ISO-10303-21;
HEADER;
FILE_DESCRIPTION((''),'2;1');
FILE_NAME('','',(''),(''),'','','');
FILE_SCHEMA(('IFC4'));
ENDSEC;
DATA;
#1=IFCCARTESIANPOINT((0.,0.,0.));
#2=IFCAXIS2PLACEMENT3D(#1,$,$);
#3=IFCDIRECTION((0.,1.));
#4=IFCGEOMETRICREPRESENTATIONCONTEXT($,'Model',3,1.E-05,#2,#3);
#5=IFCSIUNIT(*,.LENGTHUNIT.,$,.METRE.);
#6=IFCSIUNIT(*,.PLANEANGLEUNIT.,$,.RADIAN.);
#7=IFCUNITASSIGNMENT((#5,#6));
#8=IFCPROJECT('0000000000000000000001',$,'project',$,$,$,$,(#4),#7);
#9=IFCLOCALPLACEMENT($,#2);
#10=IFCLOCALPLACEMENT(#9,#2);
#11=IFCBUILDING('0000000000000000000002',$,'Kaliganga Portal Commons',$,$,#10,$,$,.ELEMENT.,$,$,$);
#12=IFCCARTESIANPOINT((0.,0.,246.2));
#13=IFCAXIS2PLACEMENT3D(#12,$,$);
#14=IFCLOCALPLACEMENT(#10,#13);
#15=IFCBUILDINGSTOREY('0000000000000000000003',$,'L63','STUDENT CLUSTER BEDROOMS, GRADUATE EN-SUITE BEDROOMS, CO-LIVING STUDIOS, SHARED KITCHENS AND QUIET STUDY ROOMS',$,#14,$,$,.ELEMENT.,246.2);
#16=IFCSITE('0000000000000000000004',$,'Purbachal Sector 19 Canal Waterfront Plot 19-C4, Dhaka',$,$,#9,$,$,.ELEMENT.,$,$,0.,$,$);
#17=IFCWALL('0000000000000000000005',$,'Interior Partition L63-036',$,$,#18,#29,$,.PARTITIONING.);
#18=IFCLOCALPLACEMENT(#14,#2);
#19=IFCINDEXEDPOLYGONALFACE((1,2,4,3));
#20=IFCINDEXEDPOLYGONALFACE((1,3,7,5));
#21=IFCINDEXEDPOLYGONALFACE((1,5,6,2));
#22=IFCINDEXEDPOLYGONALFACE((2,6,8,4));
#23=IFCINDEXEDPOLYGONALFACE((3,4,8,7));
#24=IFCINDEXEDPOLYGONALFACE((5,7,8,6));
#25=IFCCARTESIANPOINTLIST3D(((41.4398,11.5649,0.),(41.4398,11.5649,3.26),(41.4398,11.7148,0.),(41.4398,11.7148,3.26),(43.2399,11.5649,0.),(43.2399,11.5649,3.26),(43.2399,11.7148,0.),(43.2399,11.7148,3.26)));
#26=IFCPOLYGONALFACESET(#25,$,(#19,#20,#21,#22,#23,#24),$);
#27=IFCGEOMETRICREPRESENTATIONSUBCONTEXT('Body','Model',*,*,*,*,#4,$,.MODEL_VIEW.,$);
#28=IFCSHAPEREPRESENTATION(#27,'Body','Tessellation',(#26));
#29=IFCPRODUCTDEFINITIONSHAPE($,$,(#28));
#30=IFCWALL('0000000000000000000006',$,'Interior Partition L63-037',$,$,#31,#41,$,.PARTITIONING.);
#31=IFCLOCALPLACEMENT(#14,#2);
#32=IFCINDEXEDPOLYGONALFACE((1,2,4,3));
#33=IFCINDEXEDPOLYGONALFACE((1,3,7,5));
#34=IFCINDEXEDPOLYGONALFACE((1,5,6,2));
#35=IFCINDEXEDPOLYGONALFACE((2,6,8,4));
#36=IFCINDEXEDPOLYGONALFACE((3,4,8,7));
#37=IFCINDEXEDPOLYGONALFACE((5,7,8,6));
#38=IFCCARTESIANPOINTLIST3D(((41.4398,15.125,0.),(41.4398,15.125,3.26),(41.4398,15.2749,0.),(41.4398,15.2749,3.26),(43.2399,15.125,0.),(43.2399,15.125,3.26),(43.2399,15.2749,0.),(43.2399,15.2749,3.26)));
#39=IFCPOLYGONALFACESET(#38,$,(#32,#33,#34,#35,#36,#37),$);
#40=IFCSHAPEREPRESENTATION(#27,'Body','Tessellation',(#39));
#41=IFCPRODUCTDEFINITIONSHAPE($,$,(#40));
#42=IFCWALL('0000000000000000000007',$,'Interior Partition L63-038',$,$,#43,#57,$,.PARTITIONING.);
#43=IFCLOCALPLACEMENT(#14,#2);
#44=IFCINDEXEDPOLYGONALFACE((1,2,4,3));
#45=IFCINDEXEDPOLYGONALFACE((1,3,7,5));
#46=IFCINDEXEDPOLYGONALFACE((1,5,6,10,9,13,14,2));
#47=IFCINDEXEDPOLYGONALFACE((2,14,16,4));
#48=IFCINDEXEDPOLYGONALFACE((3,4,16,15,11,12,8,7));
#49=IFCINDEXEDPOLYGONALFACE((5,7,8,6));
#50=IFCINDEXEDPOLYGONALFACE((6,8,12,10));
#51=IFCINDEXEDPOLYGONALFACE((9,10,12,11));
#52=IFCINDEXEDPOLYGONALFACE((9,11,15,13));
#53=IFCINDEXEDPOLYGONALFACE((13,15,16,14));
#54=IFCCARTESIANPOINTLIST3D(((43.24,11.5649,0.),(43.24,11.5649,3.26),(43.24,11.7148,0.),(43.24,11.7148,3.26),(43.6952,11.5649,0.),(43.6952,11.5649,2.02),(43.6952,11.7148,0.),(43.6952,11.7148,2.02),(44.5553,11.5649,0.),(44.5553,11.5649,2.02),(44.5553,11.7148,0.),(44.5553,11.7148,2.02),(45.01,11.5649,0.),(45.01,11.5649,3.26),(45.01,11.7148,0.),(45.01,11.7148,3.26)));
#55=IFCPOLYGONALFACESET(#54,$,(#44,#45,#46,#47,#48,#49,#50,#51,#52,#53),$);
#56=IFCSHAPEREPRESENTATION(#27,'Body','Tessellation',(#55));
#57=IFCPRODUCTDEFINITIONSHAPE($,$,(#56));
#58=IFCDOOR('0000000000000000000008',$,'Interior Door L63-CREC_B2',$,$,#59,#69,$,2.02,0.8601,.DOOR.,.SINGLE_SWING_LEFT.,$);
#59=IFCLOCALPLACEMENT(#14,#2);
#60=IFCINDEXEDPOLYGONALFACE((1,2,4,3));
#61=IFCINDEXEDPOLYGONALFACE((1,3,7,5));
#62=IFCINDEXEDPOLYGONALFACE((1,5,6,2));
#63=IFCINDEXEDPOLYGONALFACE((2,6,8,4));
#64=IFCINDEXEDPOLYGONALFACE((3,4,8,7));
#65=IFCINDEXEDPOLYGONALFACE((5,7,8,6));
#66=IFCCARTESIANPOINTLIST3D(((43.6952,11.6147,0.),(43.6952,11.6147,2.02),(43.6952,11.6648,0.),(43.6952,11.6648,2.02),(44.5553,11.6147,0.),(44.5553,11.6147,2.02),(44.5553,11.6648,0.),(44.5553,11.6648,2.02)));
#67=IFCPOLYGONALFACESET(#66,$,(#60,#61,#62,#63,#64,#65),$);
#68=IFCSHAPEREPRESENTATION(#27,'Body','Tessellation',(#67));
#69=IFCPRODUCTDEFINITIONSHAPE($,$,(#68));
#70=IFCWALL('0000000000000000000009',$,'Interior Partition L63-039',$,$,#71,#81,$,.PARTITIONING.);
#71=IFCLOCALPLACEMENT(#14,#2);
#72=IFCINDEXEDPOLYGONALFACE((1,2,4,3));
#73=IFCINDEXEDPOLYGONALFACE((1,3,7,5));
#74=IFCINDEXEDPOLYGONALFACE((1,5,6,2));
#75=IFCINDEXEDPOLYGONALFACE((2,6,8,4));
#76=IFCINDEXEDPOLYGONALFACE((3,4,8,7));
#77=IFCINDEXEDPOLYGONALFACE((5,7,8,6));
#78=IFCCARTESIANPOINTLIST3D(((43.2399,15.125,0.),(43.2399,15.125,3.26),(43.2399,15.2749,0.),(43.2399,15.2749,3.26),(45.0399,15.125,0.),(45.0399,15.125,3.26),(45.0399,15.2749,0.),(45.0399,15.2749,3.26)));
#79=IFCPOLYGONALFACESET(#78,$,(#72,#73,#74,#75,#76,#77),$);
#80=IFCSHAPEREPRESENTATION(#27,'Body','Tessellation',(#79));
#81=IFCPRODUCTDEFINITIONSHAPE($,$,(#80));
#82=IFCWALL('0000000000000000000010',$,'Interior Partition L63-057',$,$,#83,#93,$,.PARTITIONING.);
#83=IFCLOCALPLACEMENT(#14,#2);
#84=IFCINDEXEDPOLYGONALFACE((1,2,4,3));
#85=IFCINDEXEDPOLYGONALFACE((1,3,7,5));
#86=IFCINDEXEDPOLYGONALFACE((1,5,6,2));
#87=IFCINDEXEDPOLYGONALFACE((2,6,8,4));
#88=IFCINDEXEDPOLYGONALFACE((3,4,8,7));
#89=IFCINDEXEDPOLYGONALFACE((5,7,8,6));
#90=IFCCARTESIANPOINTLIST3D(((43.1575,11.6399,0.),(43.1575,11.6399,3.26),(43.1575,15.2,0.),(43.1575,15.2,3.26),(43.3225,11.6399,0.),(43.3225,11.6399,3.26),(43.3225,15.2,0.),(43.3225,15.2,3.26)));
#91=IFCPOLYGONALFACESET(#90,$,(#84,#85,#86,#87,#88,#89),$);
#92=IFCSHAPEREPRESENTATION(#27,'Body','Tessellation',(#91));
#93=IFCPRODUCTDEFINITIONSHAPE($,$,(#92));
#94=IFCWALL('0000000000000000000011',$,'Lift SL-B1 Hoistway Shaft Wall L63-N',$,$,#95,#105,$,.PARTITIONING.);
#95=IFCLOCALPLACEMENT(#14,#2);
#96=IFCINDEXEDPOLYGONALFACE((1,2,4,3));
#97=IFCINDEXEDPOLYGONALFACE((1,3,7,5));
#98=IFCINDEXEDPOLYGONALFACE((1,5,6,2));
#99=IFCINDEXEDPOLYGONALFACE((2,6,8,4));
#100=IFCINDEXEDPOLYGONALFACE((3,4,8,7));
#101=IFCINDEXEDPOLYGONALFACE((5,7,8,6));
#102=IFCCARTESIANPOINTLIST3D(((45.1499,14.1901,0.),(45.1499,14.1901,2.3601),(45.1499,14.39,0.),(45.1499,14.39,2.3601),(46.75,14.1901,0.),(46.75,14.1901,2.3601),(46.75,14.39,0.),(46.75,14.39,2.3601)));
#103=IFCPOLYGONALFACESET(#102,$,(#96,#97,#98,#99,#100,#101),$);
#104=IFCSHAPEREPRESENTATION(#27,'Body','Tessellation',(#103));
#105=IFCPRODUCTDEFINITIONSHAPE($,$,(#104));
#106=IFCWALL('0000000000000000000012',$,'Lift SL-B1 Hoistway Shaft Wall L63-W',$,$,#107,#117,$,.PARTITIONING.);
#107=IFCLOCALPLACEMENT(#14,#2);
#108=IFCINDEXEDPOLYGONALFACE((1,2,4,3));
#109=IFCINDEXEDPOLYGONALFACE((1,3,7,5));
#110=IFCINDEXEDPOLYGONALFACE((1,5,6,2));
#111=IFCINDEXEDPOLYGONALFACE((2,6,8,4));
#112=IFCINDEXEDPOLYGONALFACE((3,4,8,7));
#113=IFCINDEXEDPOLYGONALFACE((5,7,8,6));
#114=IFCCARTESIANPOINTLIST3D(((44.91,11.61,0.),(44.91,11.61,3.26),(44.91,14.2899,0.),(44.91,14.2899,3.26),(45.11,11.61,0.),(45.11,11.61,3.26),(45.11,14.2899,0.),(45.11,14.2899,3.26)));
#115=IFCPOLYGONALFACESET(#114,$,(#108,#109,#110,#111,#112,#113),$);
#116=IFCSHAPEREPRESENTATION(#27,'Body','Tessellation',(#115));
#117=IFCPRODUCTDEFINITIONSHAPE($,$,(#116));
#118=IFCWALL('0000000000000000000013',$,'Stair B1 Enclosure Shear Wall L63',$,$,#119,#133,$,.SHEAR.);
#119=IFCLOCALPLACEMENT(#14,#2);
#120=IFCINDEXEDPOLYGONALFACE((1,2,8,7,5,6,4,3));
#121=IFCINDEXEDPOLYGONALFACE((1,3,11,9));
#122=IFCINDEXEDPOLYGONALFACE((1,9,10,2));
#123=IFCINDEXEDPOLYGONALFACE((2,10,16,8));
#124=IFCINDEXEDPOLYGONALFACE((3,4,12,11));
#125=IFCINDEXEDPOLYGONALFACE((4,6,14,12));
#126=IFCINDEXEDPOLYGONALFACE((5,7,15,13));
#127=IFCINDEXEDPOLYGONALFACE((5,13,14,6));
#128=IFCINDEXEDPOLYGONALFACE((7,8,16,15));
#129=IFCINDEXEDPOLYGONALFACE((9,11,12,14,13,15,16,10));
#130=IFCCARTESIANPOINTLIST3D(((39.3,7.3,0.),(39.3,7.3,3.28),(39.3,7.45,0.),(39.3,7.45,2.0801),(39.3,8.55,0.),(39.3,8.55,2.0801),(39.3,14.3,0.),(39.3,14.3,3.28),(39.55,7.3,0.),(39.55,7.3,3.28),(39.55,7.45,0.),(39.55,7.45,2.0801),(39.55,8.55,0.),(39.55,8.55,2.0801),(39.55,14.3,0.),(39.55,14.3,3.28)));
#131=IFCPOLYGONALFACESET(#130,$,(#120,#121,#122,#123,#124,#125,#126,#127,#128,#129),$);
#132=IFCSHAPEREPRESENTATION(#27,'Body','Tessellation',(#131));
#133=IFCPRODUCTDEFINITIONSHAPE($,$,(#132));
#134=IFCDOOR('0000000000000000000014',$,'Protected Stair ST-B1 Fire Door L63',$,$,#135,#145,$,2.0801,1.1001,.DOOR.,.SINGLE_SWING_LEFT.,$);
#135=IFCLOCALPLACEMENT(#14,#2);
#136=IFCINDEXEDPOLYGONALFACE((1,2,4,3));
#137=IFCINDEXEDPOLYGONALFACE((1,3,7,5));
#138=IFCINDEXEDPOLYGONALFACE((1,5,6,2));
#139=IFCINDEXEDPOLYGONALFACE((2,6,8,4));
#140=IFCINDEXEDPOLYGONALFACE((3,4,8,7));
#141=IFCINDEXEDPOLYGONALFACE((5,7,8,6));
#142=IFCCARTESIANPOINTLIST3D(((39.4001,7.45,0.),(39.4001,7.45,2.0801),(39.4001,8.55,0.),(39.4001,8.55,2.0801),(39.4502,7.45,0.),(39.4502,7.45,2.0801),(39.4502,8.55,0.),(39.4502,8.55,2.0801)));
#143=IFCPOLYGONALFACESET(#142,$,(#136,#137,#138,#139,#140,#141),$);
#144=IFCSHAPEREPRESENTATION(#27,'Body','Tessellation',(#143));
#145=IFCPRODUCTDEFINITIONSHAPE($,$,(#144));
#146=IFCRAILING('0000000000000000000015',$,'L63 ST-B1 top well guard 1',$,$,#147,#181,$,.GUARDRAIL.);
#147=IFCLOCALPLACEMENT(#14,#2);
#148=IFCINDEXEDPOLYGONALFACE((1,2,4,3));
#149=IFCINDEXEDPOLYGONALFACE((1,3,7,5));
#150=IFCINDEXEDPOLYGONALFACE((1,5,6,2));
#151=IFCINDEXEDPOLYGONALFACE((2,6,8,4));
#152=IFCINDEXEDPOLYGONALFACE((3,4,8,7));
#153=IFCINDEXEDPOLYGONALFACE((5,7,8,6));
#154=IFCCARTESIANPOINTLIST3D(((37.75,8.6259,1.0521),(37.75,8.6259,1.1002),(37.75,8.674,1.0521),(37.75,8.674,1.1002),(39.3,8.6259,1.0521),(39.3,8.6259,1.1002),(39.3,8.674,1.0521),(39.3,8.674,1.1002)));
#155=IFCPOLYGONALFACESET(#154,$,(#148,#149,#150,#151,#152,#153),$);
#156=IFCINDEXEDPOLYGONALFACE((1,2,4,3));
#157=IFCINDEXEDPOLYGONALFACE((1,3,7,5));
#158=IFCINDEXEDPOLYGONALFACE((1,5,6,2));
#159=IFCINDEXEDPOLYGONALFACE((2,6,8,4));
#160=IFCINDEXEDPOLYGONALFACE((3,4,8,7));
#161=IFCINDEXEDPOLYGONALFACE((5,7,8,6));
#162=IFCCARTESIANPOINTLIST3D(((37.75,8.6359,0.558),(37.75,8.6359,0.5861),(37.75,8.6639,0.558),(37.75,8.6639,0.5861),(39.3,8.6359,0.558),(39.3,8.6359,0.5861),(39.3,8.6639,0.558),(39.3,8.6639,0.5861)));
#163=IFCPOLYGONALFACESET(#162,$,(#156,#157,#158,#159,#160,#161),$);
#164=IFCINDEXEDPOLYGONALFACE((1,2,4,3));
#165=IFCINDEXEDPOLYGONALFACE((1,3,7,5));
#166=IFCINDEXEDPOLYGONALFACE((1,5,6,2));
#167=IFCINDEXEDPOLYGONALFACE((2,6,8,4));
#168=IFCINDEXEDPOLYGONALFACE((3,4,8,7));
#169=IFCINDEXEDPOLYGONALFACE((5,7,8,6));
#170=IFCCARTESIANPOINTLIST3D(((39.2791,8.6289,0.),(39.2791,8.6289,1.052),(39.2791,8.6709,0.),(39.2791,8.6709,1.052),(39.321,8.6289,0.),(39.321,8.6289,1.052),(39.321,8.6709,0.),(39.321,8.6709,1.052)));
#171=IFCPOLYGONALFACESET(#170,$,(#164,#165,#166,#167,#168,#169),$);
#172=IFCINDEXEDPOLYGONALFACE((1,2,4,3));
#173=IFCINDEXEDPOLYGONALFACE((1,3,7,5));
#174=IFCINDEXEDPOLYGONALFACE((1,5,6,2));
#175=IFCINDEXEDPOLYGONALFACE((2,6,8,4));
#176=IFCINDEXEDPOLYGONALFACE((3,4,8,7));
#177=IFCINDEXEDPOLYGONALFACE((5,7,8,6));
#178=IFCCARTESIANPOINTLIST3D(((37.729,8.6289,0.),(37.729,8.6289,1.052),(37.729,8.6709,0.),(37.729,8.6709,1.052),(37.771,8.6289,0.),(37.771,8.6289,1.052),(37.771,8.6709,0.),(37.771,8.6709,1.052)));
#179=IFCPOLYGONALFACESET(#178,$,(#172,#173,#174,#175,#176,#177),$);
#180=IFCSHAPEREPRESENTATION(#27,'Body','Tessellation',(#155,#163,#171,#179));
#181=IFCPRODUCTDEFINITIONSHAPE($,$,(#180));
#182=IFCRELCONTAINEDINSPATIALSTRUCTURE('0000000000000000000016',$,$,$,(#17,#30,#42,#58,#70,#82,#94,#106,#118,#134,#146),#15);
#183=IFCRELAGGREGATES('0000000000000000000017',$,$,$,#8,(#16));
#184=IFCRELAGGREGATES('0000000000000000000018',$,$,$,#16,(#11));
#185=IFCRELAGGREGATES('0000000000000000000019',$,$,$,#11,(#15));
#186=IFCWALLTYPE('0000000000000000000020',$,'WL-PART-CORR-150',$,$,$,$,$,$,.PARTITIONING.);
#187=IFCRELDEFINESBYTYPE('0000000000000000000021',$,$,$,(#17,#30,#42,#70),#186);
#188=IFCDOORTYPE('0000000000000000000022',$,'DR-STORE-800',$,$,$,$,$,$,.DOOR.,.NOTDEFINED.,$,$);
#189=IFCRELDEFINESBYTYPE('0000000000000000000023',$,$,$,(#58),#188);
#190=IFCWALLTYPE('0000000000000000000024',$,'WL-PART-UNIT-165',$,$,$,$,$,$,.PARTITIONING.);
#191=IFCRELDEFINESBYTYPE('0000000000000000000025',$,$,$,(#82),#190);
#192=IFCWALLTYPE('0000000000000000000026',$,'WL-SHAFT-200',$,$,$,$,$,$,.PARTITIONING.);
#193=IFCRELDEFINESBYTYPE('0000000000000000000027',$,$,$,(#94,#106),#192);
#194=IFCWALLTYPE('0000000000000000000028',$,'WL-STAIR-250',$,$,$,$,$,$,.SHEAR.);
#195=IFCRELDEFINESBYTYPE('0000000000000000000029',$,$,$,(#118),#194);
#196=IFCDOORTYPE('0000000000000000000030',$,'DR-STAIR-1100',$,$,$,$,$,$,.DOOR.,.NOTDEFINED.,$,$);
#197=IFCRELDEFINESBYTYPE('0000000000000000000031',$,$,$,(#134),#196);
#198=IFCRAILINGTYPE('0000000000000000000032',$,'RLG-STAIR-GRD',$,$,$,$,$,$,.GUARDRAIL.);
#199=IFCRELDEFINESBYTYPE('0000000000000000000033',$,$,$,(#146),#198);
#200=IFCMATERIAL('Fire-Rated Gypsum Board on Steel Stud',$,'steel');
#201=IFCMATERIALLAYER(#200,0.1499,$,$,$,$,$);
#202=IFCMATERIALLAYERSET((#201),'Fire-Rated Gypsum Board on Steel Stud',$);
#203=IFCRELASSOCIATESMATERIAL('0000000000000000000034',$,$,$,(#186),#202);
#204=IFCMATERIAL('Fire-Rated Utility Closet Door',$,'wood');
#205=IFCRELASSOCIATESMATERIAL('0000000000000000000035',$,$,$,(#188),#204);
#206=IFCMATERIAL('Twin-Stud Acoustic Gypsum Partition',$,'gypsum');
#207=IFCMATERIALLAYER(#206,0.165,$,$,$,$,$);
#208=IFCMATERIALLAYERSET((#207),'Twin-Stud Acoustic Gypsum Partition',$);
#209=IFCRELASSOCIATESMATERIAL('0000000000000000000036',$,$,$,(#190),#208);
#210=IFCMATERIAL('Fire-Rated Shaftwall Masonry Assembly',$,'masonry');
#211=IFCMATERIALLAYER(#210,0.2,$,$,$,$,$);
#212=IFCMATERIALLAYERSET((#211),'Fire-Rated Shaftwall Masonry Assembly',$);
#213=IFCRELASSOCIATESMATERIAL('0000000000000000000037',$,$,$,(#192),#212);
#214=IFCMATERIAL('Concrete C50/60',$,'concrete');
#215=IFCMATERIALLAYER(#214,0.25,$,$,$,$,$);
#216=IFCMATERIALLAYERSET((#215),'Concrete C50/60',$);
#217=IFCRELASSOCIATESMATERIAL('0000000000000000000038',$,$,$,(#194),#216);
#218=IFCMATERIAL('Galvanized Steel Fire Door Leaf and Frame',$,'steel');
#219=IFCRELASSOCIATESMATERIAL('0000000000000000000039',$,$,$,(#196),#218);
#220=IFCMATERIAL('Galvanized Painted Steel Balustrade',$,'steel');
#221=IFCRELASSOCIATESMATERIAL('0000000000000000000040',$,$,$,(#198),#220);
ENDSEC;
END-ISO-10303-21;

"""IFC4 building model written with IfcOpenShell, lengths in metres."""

from ifc_helpers import new_model, si_unit, direction, frame, frame_2d, origin, origin_2d, place, context, subcontext, project, spatial, rectangle, extrude, material, layer, layer_set, type_object, element, fill, save


model = new_model("IFC4")

# Units and contexts
model_context = context("Model", 3, precision=1e-05, world=origin(), true_north=direction((0.0, 1.0)))
body_context = subcontext(model_context, "Body", "Model", "MODEL_VIEW")
ifc_project = project(units=[si_unit("LENGTHUNIT", "METRE"), si_unit("PLANEANGLEUNIT", "RADIAN")], contexts=[model_context])

# Site, building, storey
site_placement = place(None, origin())
site = spatial("IfcSite", under=ifc_project, at=site_placement, Name="Purbachal Sector 19 Canal Waterfront Plot 19-C4, Dhaka", CompositionType="ELEMENT", RefElevation=0.0)
building_placement = place(site_placement, origin())
building = spatial("IfcBuilding", under=site, at=building_placement, Name="Kaliganga Portal Commons", CompositionType="ELEMENT")
storey_placement = place(building_placement, frame((0.0, 0.0, 246.2)))
storey = spatial("IfcBuildingStorey", under=building, at=storey_placement, Name="L63", Description="STUDENT CLUSTER BEDROOMS, GRADUATE EN-SUITE BEDROOMS, CO-LIVING STUDIOS, SHARED KITCHENS AND QUIET STUDY ROOMS", CompositionType="ELEMENT", Elevation=246.2)

# Shared definitions
ifc_material_1 = material(Name="Concrete C50/60", Category="concrete")

# Shared definitions
ifc_material_2 = material(Name="Fire-Rated Gypsum Board on Steel Stud", Category="steel")
ifc_layer_1 = layer(ifc_material_2, 0.1499)
ifc_layer_set_1 = layer_set([ifc_layer_1], Name="Fire-Rated Gypsum Board on Steel Stud")
wall_type_1 = type_object("IfcWallType", Name="WL-PART-CORR-150", PredefinedType="PARTITIONING", material=ifc_layer_set_1)

# Walls
for number, where, z_axis, x_axis, name in (
    (1, (41.4399, 11.6399, 0.0), (0.0, 0.0, 1.0), (1.0, 0.0, 0.0), "Interior Partition L63-036"),
    (2, (41.4399, 15.2, 0.0), (0.0, 0.0, 1.0), (1.0, 0.0, 0.0), "Interior Partition L63-037"),
):
    element("IfcWall", number, at=place(storey_placement, frame(where, z_axis=z_axis, x_axis=x_axis)), inside=storey, type_object=wall_type_1, Name=name, PredefinedType="PARTITIONING", context=body_context, shape_type="SweptSolid", body=[
        extrude(rectangle(XDim=1.8, YDim=0.1499, at=frame_2d((0.8999, 0.0))), origin(), (0.0, 0.0, 1.0), 3.26),
    ])

# Wall, opening, door
wall_1_placement = place(storey_placement, frame((43.24, 11.6399, 0.0), z_axis=(0.0, 0.0, 1.0), x_axis=(1.0, 0.0, 0.0)))
wall_1 = element("IfcWall", 3, at=wall_1_placement, inside=storey, type_object=wall_type_1, Name="Interior Partition L63-038", PredefinedType="PARTITIONING", context=body_context, shape_type="SweptSolid", body=[
    extrude(rectangle(XDim=1.77, YDim=0.1499, at=frame_2d((0.885, 0.0))), origin(), (0.0, 0.0, 1.0), 3.26),
])
opening_1_placement = place(wall_1_placement, frame((0.4551, 0.0, 0.0)))
opening_1 = element("IfcOpeningElement", 4, at=opening_1_placement, cuts=wall_1, PredefinedType="OPENING", context=body_context, shape_type="SweptSolid", body=[
    extrude(rectangle(XDim=0.8601, YDim=2.02, at=frame_2d((0.4302, 1.01))), frame((0.0, 0.085, 0.0), z_axis=(0.0, -1.0, 0.0), x_axis=(1.0, 0.0, 0.0)), (0.0, 0.0, 1.0), 0.1699),
])
ifc_material_3 = material(Name="Fire-Rated Utility Closet Door", Category="wood")
door_type_1 = type_object("IfcDoorType", Name="DR-STORE-800", OperationType="NOTDEFINED", PredefinedType="DOOR", material=ifc_material_3)
door_1_placement = place(opening_1_placement, origin())
door_1 = element("IfcDoor", 5, at=door_1_placement, inside=storey, type_object=door_type_1, Name="Interior Door L63-CREC_B2", OperationType="SINGLE_SWING_LEFT", OverallHeight=2.02, OverallWidth=0.8601, PredefinedType="DOOR", context=body_context, shape_type="SweptSolid", body=[
    extrude(rectangle(XDim=0.8601, YDim=2.02, at=frame_2d((0.4302, 1.01))), frame((0.0, 0.0249, 0.0), z_axis=(0.0, -1.0, 0.0), x_axis=(1.0, 0.0, 0.0)), (0.0, 0.0, 1.0), 0.05),
])
fill(opening_1, door_1)

# Walls
wall_2_placement = place(storey_placement, frame((43.24, 15.2, 0.0), z_axis=(0.0, 0.0, 1.0), x_axis=(1.0, 0.0, 0.0)))
element("IfcWall", 6, at=wall_2_placement, inside=storey, type_object=wall_type_1, Name="Interior Partition L63-039", PredefinedType="PARTITIONING", context=body_context, shape_type="SweptSolid", body=[
    extrude(rectangle(XDim=1.8, YDim=0.1499, at=frame_2d((0.8999, 0.0))), origin(), (0.0, 0.0, 1.0), 3.26),
])
ifc_material_4 = material(Name="Twin-Stud Acoustic Gypsum Partition", Category="gypsum")
ifc_layer_2 = layer(ifc_material_4, 0.165)
ifc_layer_set_2 = layer_set([ifc_layer_2], Name="Twin-Stud Acoustic Gypsum Partition")
wall_type_2 = type_object("IfcWallType", Name="WL-PART-UNIT-165", PredefinedType="PARTITIONING", material=ifc_layer_set_2)
wall_3_placement = place(storey_placement, frame((43.24, 11.6399, 0.0), z_axis=(0.0, 0.0, 1.0), x_axis=(0.0, 1.0, 0.0)))
element("IfcWall", 7, at=wall_3_placement, inside=storey, type_object=wall_type_2, Name="Interior Partition L63-057", PredefinedType="PARTITIONING", context=body_context, shape_type="SweptSolid", body=[
    extrude(rectangle(XDim=3.5601, YDim=0.165, at=frame_2d((1.78, 0.0))), origin(), (0.0, 0.0, 1.0), 3.26),
])

# Shared definitions
ifc_material_5 = material(Name="Fire-Rated Shaftwall Masonry Assembly", Category="masonry")
ifc_layer_3 = layer(ifc_material_5, 0.2)
ifc_layer_set_3 = layer_set([ifc_layer_3], Name="Fire-Rated Shaftwall Masonry Assembly")
wall_type_3 = type_object("IfcWallType", Name="WL-SHAFT-200", PredefinedType="PARTITIONING", material=ifc_layer_set_3)

# Walls
wall_4_placement = place(storey_placement, frame((45.1499, 14.29, 0.0), z_axis=(0.0, 0.0, 1.0), x_axis=(1.0, 0.0, 0.0)))
element("IfcWall", 8, at=wall_4_placement, inside=storey, type_object=wall_type_3, Name="Lift SL-B1 Hoistway Shaft Wall L63-N", PredefinedType="PARTITIONING", context=body_context, shape_type="SweptSolid", body=[
    extrude(rectangle(XDim=1.6001, YDim=0.2, at=frame_2d((0.8, 0.0))), origin(), (0.0, 0.0, 1.0), 2.3601),
])
wall_5_placement = place(storey_placement, frame((45.01, 11.6101, 0.0), z_axis=(0.0, 0.0, 1.0), x_axis=(0.0, 1.0, 0.0)))
element("IfcWall", 9, at=wall_5_placement, inside=storey, type_object=wall_type_3, Name="Lift SL-B1 Hoistway Shaft Wall L63-W", PredefinedType="PARTITIONING", context=body_context, shape_type="SweptSolid", body=[
    extrude(rectangle(XDim=2.6799, YDim=0.2, at=frame_2d((1.3398, 0.0))), origin(), (0.0, 0.0, 1.0), 3.26),
])

# Wall, opening, door
ifc_layer_4 = layer(ifc_material_1, 0.25)
ifc_layer_set_4 = layer_set([ifc_layer_4], Name="Concrete C50/60")
wall_type_4 = type_object("IfcWallType", Name="WL-STAIR-250", PredefinedType="SHEAR", material=ifc_layer_set_4)
wall_6_placement = place(storey_placement, frame((39.425, 7.3, 0.0), z_axis=(0.0, 0.0, 1.0), x_axis=(0.0, 1.0, 0.0)))
wall_6 = element("IfcWall", 10, at=wall_6_placement, inside=storey, type_object=wall_type_4, Name="Stair B1 Enclosure Shear Wall L63", PredefinedType="SHEAR", context=body_context, shape_type="SweptSolid", body=[
    extrude(rectangle(XDim=7.0, YDim=0.25, at=frame_2d((3.5, 0.0))), origin(), (0.0, 0.0, 1.0), 3.28),
])
opening_2_placement = place(wall_6_placement, frame((0.1499, 0.0, 0.0)))
opening_2 = element("IfcOpeningElement", 11, at=opening_2_placement, cuts=wall_6, PredefinedType="OPENING", context=body_context, shape_type="SweptSolid", body=[
    extrude(rectangle(XDim=1.1001, YDim=2.0801, at=frame_2d((0.55, 1.04))), frame((0.0, 0.135, 0.0), z_axis=(0.0, -1.0, 0.0), x_axis=(1.0, 0.0, 0.0)), (0.0, 0.0, 1.0), 0.27),
])
ifc_material_6 = material(Name="Galvanized Steel Fire Door Leaf and Frame", Category="steel")
door_type_2 = type_object("IfcDoorType", Name="DR-STAIR-1100", OperationType="NOTDEFINED", PredefinedType="DOOR", material=ifc_material_6)
door_2_placement = place(opening_2_placement, origin())
door_2 = element("IfcDoor", 12, at=door_2_placement, inside=storey, type_object=door_type_2, Name="Protected Stair ST-B1 Fire Door L63", OperationType="SINGLE_SWING_LEFT", OverallHeight=2.0801, OverallWidth=1.1001, PredefinedType="DOOR", context=body_context, shape_type="SweptSolid", body=[
    extrude(rectangle(XDim=1.1001, YDim=2.0801, at=frame_2d((0.55, 1.04))), frame((0.0, 0.0249, 0.0), z_axis=(0.0, -1.0, 0.0), x_axis=(1.0, 0.0, 0.0)), (0.0, 0.0, 1.0), 0.05),
])
fill(opening_2, door_2)

# Railing
ifc_material_7 = material(Name="Galvanized Painted Steel Balustrade", Category="steel")
railing_type = type_object("IfcRailingType", Name="RLG-STAIR-GRD", PredefinedType="GUARDRAIL", material=ifc_material_7)
railing_placement = place(storey_placement, frame((39.3, 8.6499, 0.0)))
element("IfcRailing", 13, at=railing_placement, inside=storey, type_object=railing_type, Name="L63 ST-B1 top well guard 1", PredefinedType="GUARDRAIL", context=body_context, shape_type="SweptSolid", body=[
    extrude(rectangle(XDim=0.0481, YDim=0.0481, at=origin_2d()), frame((0.0, 0.0, 1.0762), z_axis=(-1.0, 0.0, 0.0), x_axis=(0.0, -1.0, 0.0)), (0.0, 0.0, 1.0), 1.55),
    extrude(rectangle(XDim=0.0281, YDim=0.0281, at=origin_2d()), frame((0.0, 0.0, 0.572), z_axis=(-1.0, 0.0, 0.0), x_axis=(0.0, -1.0, 0.0)), (0.0, 0.0, 1.0), 1.55),
    extrude(rectangle(XDim=0.042, YDim=0.042, at=origin_2d()), origin(), (0.0, 0.0, 1.0), 1.052),
    extrude(rectangle(XDim=0.042, YDim=0.042, at=origin_2d()), frame((-1.55, 0.0, 0.0)), (0.0, 0.0, 1.0), 1.052),
])

save(model, "model.ifc")
